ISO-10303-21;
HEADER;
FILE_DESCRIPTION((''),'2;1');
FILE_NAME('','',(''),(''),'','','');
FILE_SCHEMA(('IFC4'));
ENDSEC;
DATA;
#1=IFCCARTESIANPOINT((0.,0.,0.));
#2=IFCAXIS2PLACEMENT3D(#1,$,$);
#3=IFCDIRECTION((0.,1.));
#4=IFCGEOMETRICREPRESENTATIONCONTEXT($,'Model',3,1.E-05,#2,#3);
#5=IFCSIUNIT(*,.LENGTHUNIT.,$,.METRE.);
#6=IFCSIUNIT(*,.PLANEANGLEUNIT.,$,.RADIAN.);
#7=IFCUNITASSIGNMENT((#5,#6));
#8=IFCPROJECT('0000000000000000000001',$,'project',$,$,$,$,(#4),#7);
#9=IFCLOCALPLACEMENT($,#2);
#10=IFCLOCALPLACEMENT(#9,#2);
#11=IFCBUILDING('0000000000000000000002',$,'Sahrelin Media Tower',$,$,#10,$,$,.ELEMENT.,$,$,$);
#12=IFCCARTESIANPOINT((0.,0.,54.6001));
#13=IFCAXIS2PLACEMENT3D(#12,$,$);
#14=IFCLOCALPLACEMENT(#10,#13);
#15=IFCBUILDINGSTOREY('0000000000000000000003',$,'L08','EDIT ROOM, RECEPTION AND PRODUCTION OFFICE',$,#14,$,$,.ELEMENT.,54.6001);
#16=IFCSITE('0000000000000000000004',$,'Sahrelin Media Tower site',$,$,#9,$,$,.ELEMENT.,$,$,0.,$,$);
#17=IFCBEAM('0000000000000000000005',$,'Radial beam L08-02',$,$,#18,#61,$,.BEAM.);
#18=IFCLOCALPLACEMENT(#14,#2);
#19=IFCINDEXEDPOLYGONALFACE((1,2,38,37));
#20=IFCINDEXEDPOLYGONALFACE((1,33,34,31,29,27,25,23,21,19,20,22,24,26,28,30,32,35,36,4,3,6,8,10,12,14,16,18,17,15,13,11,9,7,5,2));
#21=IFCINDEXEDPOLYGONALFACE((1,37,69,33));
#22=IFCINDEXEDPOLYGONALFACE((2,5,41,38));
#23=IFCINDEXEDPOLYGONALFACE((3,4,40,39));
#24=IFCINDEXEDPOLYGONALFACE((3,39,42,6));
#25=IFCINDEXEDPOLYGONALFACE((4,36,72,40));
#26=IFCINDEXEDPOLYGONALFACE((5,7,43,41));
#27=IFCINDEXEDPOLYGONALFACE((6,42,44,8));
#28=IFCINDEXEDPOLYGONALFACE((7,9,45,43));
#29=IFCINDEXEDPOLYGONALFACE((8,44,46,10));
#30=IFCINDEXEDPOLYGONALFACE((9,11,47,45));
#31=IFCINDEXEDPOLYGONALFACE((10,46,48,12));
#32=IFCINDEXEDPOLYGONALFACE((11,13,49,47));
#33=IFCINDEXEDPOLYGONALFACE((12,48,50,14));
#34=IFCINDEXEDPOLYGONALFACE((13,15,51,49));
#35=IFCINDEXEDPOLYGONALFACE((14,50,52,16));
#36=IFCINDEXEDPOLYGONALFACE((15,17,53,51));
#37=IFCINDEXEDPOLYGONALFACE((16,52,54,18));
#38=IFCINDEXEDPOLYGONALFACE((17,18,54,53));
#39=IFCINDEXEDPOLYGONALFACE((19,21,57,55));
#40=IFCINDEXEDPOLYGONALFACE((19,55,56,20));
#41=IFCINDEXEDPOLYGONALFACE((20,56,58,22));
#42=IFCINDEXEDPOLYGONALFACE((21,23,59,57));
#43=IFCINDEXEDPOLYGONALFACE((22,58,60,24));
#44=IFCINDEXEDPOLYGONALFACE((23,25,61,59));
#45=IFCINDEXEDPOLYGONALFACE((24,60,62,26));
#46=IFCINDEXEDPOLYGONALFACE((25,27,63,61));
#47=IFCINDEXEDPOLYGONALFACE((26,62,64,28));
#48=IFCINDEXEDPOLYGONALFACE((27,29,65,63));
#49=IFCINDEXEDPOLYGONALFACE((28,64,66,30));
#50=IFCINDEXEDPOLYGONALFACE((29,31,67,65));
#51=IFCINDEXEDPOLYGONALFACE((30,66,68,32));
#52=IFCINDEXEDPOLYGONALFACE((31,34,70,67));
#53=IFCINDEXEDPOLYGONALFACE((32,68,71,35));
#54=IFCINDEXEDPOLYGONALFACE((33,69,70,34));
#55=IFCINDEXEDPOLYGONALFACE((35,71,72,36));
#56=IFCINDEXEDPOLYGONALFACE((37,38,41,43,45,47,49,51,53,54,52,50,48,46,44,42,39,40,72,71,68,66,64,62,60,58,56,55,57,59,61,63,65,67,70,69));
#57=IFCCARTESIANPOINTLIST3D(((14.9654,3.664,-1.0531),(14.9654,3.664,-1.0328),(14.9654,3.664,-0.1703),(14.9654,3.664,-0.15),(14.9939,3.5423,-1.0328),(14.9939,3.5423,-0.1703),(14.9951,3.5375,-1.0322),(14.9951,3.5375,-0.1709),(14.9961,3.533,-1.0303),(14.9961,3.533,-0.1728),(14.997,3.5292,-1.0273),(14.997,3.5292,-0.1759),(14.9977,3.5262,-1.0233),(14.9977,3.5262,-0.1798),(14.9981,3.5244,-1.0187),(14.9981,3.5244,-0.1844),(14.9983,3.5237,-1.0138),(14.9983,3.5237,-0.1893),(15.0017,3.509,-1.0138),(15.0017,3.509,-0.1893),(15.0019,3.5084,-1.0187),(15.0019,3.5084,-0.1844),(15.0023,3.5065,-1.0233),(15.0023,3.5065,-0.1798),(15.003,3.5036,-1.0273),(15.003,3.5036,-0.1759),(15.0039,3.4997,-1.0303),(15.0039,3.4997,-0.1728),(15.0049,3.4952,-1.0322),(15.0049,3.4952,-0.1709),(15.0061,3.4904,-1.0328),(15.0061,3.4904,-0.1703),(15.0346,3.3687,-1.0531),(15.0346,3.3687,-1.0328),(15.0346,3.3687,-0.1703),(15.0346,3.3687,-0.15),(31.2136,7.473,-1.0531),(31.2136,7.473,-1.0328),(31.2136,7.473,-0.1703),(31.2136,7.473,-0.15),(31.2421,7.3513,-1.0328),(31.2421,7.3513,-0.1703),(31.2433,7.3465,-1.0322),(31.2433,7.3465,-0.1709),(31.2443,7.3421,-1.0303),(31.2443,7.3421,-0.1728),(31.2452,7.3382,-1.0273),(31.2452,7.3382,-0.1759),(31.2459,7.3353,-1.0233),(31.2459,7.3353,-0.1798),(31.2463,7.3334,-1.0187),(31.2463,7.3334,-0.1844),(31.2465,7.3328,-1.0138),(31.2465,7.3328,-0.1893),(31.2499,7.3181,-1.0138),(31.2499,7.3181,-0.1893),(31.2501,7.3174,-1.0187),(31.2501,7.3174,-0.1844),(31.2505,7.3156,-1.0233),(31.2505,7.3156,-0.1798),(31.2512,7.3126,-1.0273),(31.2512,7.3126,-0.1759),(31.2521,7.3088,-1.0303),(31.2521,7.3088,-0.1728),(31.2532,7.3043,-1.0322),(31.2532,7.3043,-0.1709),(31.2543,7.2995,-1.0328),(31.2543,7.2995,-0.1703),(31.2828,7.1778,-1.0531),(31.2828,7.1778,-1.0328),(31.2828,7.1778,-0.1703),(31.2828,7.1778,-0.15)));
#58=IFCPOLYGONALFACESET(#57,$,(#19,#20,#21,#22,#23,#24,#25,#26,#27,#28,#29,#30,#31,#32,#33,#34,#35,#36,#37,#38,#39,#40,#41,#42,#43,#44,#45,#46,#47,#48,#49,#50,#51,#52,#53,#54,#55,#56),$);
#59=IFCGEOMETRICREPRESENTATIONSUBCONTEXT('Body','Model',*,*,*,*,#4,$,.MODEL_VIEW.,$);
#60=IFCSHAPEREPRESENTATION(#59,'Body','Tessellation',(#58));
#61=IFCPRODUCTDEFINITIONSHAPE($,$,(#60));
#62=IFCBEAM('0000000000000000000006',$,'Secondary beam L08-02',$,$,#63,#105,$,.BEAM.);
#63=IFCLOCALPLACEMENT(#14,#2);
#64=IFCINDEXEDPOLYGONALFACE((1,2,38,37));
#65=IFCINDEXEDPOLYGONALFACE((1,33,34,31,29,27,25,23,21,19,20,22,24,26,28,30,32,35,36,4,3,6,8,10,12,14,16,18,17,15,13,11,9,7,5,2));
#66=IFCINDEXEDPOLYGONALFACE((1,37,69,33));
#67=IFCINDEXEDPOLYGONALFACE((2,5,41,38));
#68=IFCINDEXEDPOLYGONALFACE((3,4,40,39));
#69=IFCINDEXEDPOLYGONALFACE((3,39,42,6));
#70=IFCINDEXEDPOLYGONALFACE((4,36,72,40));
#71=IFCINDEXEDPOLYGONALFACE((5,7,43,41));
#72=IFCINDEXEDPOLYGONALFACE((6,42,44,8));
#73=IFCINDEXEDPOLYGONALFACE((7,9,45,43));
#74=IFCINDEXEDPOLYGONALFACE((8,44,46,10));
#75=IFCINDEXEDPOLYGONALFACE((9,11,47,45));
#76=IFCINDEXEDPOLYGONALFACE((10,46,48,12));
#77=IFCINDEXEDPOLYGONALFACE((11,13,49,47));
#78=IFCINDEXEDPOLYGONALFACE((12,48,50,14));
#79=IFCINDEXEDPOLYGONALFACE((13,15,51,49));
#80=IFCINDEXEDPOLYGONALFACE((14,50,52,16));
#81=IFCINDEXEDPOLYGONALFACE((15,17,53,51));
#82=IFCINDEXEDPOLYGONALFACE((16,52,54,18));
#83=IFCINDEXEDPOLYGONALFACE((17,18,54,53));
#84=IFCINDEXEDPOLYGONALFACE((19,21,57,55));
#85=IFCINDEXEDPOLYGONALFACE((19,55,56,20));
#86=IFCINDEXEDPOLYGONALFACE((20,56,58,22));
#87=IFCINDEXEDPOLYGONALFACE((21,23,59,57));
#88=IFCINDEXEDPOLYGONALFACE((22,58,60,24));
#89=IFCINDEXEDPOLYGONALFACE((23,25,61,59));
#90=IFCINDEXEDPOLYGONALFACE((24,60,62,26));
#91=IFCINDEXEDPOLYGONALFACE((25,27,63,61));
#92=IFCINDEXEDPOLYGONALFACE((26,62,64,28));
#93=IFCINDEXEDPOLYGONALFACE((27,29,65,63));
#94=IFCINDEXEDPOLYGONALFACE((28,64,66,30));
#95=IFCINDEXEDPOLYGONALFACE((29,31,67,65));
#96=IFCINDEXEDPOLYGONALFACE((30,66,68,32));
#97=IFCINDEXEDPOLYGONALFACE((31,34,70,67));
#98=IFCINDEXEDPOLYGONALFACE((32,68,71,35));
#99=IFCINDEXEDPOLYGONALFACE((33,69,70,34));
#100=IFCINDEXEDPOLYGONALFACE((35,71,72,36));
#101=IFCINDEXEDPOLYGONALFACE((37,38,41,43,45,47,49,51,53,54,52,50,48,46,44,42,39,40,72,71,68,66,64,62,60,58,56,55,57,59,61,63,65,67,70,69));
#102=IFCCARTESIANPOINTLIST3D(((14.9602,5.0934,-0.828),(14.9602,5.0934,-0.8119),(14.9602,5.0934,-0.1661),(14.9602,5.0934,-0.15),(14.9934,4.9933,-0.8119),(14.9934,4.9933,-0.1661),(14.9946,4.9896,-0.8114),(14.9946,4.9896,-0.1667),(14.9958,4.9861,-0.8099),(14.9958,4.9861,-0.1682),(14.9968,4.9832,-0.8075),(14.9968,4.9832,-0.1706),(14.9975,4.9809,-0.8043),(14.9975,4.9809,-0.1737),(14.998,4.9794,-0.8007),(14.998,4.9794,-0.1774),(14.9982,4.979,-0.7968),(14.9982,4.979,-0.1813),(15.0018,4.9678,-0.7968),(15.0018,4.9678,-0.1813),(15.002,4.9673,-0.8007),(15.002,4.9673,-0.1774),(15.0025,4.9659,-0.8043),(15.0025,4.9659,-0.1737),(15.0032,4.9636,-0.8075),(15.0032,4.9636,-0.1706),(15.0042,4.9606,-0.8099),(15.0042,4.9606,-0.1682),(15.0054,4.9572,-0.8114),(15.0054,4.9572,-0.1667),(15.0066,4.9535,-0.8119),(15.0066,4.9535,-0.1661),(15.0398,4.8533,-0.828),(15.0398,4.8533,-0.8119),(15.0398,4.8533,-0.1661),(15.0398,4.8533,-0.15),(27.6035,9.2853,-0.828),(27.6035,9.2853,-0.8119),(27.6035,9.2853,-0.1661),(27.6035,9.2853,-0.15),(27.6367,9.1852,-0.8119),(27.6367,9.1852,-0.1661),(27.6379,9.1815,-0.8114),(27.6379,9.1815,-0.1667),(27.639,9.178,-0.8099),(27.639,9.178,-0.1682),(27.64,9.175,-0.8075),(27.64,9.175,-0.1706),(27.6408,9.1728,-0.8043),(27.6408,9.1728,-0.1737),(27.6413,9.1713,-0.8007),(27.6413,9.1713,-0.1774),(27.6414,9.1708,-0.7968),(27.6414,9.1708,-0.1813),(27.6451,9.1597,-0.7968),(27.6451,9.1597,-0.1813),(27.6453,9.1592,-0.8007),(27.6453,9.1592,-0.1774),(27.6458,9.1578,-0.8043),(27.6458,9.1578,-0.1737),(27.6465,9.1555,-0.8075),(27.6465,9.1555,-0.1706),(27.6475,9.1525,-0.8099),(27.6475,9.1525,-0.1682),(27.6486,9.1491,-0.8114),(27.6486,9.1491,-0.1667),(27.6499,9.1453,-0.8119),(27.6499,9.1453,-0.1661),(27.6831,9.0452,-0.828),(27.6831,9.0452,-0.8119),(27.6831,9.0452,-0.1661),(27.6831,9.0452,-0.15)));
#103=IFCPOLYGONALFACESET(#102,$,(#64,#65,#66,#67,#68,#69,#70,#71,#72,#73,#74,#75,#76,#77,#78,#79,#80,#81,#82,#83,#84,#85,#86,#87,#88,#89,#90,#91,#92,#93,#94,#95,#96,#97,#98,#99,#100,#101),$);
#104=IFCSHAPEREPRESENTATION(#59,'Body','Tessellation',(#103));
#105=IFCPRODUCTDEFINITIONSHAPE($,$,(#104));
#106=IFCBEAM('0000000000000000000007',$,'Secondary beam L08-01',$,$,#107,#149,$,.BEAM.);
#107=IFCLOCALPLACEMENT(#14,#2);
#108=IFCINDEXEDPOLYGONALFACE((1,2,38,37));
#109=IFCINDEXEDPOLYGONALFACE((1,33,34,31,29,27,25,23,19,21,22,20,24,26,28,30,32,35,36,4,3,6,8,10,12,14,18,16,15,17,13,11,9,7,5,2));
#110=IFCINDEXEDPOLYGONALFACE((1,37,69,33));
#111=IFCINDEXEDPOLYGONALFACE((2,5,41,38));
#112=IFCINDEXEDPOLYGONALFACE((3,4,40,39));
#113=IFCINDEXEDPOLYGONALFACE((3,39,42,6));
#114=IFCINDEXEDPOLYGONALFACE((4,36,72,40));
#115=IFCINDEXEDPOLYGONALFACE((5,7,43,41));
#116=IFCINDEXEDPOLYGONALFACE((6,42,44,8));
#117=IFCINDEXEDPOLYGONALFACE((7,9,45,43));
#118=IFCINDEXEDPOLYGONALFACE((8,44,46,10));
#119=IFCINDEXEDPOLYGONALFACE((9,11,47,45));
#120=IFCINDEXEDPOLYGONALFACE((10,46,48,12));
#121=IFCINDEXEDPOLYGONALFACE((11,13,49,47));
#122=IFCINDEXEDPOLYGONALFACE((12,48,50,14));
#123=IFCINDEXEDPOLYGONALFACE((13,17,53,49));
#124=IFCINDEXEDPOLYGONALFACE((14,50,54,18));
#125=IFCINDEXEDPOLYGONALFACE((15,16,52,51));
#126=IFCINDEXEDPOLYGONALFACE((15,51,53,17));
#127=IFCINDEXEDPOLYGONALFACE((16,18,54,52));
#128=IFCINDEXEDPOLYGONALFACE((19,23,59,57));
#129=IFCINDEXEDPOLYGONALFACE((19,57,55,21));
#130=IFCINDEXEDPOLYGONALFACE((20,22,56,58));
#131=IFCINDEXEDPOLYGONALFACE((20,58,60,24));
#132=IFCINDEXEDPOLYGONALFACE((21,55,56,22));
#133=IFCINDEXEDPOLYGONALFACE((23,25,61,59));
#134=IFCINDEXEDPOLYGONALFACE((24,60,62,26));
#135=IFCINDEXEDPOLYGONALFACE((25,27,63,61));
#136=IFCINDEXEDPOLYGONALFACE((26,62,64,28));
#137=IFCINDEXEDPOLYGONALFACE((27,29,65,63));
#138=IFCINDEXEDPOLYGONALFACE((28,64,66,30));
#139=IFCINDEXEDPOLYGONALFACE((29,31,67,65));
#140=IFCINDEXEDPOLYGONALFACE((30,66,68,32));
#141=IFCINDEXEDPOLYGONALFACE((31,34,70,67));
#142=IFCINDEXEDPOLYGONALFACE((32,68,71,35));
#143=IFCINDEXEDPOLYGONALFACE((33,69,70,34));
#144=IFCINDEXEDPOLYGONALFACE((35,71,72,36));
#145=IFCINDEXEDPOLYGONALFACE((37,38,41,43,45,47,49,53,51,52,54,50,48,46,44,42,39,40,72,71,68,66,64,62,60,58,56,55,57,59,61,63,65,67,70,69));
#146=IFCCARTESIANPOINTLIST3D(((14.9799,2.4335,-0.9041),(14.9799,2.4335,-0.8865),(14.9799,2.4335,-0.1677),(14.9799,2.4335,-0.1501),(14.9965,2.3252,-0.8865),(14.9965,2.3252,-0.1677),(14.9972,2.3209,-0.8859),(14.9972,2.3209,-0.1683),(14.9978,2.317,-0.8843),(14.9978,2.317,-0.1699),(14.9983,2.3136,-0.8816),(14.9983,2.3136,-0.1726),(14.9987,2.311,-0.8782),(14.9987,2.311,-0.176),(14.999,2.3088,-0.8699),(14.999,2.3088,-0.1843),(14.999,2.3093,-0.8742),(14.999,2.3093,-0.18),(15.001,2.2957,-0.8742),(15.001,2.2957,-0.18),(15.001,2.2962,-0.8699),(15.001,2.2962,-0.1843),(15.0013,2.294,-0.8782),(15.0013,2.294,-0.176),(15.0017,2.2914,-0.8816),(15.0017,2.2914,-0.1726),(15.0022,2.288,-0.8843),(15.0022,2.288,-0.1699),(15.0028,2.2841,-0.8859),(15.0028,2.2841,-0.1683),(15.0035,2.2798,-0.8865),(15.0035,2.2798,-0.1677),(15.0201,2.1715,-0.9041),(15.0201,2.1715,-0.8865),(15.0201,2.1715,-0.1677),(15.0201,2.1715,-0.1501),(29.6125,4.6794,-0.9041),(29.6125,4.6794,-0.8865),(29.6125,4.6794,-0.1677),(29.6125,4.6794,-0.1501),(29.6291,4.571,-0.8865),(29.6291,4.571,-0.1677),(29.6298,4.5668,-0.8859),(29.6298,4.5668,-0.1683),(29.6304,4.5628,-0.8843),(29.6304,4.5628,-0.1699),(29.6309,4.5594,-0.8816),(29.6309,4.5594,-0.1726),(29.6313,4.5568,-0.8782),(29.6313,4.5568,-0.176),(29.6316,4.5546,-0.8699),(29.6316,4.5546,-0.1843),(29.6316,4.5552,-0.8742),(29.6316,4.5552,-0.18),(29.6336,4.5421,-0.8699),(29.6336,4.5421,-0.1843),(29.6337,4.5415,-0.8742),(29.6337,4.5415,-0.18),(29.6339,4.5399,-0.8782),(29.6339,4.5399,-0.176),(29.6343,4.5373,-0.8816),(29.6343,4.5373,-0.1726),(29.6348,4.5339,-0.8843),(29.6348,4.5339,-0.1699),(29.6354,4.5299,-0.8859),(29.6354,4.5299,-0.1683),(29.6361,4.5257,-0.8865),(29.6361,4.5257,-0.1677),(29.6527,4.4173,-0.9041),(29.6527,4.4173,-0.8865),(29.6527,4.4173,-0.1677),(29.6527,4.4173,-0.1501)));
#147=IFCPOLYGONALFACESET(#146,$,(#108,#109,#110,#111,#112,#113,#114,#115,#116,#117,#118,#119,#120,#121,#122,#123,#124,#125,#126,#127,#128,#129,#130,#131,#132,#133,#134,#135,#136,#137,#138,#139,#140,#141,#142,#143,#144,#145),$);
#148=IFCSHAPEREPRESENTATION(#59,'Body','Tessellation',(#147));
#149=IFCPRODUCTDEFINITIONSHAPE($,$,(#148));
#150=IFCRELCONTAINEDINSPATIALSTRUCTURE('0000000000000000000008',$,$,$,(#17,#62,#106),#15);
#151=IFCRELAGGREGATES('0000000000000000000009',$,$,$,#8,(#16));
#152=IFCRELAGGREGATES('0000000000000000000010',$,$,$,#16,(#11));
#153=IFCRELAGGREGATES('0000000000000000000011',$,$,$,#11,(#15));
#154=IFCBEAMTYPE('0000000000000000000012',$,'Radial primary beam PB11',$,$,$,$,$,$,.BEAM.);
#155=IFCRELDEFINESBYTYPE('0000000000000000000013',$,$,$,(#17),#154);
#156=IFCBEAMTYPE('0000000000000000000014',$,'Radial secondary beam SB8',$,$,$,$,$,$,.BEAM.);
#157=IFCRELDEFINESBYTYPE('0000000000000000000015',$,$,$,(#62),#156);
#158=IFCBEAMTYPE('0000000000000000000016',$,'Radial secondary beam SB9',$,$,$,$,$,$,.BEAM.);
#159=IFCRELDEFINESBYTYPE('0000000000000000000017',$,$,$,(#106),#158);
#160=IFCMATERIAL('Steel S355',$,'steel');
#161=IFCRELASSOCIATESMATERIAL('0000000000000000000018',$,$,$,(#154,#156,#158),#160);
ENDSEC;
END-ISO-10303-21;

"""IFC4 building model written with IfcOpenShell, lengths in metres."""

from ifc_helpers import new_model, si_unit, direction, frame, origin, origin_2d, place, context, subcontext, project, spatial, i_section, extrude, material, material_profile, profile_set, type_object, element, save


model = new_model("IFC4")

# Units and contexts
model_context = context("Model", 3, precision=1e-05, world=origin(), true_north=direction((0.0, 1.0)))
body_context = subcontext(model_context, "Body", "Model", "MODEL_VIEW")
ifc_project = project(units=[si_unit("LENGTHUNIT", "METRE"), si_unit("PLANEANGLEUNIT", "RADIAN")], contexts=[model_context])

# Site, building, storey
site_placement = place(None, origin())
site = spatial("IfcSite", under=ifc_project, at=site_placement, Name="Sahrelin Media Tower site", CompositionType="ELEMENT", RefElevation=0.0)
building_placement = place(site_placement, origin())
building = spatial("IfcBuilding", under=site, at=building_placement, Name="Sahrelin Media Tower", CompositionType="ELEMENT")
storey_placement = place(building_placement, frame((0.0, 0.0, 54.6001)))
storey = spatial("IfcBuildingStorey", under=building, at=storey_placement, Name="L08", Description="EDIT ROOM, RECEPTION AND PRODUCTION OFFICE", CompositionType="ELEMENT", Elevation=54.6001)

# Shared definitions
ifc_material_1 = material(Name="Steel S355", Category="steel")

# Beams
ifc_material_profile_1 = material_profile(ifc_material_1, i_section(OverallWidth=0.3032, OverallDepth=0.9031, WebThickness=0.0151, FlangeThickness=0.0203, FilletRadius=0.019, at=origin_2d()), Name="UB 914x305x201")
ifc_profile_set_1 = profile_set([ifc_material_profile_1], Name="Steel S355")
beam_type_1 = type_object("IfcBeamType", Name="Radial primary beam PB11", PredefinedType="BEAM", material=ifc_profile_set_1)
beam_1_placement = place(storey_placement, frame((15.0, 3.5164, -0.6016), z_axis=(0.973604, 0.228242, 0.0), x_axis=(-0.228242, 0.973604, 0.0)))
element("IfcBeam", 1, at=beam_1_placement, inside=storey, type_object=beam_type_1, Name="Radial beam L08-02", PredefinedType="BEAM", context=body_context, shape_type="SweptSolid", body=[
    extrude(i_section(OverallWidth=0.3032, OverallDepth=0.9031, WebThickness=0.0151, FlangeThickness=0.0203, FilletRadius=0.019, at=origin_2d()), origin(), (0.0, 0.0, 1.0), 16.6887),
])
ifc_material_profile_2 = material_profile(ifc_material_1, i_section(OverallWidth=0.2529, OverallDepth=0.678, WebThickness=0.0117, FlangeThickness=0.0161, FilletRadius=0.0151, at=origin_2d()), Name="UB 686x254x125")
ifc_profile_set_2 = profile_set([ifc_material_profile_2], Name="Steel S355")
beam_type_2 = type_object("IfcBeamType", Name="Radial secondary beam SB8", PredefinedType="BEAM", material=ifc_profile_set_2)
beam_2_placement = place(storey_placement, frame((15.0, 4.9734, -0.489), z_axis=(0.94919, 0.314704, 0.0), x_axis=(-0.314704, 0.94919, 0.0)))
element("IfcBeam", 2, at=beam_2_placement, inside=storey, type_object=beam_type_2, Name="Secondary beam L08-02", PredefinedType="BEAM", context=body_context, shape_type="SweptSolid", body=[
    extrude(i_section(OverallWidth=0.2529, OverallDepth=0.678, WebThickness=0.0117, FlangeThickness=0.0161, FilletRadius=0.0151, at=origin_2d()), origin(), (0.0, 0.0, 1.0), 13.3201),
])
ifc_material_profile_3 = material_profile(ifc_material_1, i_section(OverallWidth=0.2651, OverallDepth=0.7539, WebThickness=0.0127, FlangeThickness=0.0176, FilletRadius=0.0166, at=origin_2d()), Name="UB 762x267x147")
ifc_profile_set_3 = profile_set([ifc_material_profile_3], Name="Steel S355")
beam_type_3 = type_object("IfcBeamType", Name="Radial secondary beam SB9", PredefinedType="BEAM", material=ifc_profile_set_3)
beam_3_placement = place(storey_placement, frame((15.0, 2.3025, -0.5271), z_axis=(0.988426, 0.151706, 0.0), x_axis=(-0.151706, 0.988426, 0.0)))
element("IfcBeam", 3, at=beam_3_placement, inside=storey, type_object=beam_type_3, Name="Secondary beam L08-01", PredefinedType="BEAM", context=body_context, shape_type="SweptSolid", body=[
    extrude(i_section(OverallWidth=0.2651, OverallDepth=0.7539, WebThickness=0.0127, FlangeThickness=0.0176, FilletRadius=0.0166, at=origin_2d()), origin(), (0.0, 0.0, 1.0), 14.804),
])

save(model, "model.ifc")
